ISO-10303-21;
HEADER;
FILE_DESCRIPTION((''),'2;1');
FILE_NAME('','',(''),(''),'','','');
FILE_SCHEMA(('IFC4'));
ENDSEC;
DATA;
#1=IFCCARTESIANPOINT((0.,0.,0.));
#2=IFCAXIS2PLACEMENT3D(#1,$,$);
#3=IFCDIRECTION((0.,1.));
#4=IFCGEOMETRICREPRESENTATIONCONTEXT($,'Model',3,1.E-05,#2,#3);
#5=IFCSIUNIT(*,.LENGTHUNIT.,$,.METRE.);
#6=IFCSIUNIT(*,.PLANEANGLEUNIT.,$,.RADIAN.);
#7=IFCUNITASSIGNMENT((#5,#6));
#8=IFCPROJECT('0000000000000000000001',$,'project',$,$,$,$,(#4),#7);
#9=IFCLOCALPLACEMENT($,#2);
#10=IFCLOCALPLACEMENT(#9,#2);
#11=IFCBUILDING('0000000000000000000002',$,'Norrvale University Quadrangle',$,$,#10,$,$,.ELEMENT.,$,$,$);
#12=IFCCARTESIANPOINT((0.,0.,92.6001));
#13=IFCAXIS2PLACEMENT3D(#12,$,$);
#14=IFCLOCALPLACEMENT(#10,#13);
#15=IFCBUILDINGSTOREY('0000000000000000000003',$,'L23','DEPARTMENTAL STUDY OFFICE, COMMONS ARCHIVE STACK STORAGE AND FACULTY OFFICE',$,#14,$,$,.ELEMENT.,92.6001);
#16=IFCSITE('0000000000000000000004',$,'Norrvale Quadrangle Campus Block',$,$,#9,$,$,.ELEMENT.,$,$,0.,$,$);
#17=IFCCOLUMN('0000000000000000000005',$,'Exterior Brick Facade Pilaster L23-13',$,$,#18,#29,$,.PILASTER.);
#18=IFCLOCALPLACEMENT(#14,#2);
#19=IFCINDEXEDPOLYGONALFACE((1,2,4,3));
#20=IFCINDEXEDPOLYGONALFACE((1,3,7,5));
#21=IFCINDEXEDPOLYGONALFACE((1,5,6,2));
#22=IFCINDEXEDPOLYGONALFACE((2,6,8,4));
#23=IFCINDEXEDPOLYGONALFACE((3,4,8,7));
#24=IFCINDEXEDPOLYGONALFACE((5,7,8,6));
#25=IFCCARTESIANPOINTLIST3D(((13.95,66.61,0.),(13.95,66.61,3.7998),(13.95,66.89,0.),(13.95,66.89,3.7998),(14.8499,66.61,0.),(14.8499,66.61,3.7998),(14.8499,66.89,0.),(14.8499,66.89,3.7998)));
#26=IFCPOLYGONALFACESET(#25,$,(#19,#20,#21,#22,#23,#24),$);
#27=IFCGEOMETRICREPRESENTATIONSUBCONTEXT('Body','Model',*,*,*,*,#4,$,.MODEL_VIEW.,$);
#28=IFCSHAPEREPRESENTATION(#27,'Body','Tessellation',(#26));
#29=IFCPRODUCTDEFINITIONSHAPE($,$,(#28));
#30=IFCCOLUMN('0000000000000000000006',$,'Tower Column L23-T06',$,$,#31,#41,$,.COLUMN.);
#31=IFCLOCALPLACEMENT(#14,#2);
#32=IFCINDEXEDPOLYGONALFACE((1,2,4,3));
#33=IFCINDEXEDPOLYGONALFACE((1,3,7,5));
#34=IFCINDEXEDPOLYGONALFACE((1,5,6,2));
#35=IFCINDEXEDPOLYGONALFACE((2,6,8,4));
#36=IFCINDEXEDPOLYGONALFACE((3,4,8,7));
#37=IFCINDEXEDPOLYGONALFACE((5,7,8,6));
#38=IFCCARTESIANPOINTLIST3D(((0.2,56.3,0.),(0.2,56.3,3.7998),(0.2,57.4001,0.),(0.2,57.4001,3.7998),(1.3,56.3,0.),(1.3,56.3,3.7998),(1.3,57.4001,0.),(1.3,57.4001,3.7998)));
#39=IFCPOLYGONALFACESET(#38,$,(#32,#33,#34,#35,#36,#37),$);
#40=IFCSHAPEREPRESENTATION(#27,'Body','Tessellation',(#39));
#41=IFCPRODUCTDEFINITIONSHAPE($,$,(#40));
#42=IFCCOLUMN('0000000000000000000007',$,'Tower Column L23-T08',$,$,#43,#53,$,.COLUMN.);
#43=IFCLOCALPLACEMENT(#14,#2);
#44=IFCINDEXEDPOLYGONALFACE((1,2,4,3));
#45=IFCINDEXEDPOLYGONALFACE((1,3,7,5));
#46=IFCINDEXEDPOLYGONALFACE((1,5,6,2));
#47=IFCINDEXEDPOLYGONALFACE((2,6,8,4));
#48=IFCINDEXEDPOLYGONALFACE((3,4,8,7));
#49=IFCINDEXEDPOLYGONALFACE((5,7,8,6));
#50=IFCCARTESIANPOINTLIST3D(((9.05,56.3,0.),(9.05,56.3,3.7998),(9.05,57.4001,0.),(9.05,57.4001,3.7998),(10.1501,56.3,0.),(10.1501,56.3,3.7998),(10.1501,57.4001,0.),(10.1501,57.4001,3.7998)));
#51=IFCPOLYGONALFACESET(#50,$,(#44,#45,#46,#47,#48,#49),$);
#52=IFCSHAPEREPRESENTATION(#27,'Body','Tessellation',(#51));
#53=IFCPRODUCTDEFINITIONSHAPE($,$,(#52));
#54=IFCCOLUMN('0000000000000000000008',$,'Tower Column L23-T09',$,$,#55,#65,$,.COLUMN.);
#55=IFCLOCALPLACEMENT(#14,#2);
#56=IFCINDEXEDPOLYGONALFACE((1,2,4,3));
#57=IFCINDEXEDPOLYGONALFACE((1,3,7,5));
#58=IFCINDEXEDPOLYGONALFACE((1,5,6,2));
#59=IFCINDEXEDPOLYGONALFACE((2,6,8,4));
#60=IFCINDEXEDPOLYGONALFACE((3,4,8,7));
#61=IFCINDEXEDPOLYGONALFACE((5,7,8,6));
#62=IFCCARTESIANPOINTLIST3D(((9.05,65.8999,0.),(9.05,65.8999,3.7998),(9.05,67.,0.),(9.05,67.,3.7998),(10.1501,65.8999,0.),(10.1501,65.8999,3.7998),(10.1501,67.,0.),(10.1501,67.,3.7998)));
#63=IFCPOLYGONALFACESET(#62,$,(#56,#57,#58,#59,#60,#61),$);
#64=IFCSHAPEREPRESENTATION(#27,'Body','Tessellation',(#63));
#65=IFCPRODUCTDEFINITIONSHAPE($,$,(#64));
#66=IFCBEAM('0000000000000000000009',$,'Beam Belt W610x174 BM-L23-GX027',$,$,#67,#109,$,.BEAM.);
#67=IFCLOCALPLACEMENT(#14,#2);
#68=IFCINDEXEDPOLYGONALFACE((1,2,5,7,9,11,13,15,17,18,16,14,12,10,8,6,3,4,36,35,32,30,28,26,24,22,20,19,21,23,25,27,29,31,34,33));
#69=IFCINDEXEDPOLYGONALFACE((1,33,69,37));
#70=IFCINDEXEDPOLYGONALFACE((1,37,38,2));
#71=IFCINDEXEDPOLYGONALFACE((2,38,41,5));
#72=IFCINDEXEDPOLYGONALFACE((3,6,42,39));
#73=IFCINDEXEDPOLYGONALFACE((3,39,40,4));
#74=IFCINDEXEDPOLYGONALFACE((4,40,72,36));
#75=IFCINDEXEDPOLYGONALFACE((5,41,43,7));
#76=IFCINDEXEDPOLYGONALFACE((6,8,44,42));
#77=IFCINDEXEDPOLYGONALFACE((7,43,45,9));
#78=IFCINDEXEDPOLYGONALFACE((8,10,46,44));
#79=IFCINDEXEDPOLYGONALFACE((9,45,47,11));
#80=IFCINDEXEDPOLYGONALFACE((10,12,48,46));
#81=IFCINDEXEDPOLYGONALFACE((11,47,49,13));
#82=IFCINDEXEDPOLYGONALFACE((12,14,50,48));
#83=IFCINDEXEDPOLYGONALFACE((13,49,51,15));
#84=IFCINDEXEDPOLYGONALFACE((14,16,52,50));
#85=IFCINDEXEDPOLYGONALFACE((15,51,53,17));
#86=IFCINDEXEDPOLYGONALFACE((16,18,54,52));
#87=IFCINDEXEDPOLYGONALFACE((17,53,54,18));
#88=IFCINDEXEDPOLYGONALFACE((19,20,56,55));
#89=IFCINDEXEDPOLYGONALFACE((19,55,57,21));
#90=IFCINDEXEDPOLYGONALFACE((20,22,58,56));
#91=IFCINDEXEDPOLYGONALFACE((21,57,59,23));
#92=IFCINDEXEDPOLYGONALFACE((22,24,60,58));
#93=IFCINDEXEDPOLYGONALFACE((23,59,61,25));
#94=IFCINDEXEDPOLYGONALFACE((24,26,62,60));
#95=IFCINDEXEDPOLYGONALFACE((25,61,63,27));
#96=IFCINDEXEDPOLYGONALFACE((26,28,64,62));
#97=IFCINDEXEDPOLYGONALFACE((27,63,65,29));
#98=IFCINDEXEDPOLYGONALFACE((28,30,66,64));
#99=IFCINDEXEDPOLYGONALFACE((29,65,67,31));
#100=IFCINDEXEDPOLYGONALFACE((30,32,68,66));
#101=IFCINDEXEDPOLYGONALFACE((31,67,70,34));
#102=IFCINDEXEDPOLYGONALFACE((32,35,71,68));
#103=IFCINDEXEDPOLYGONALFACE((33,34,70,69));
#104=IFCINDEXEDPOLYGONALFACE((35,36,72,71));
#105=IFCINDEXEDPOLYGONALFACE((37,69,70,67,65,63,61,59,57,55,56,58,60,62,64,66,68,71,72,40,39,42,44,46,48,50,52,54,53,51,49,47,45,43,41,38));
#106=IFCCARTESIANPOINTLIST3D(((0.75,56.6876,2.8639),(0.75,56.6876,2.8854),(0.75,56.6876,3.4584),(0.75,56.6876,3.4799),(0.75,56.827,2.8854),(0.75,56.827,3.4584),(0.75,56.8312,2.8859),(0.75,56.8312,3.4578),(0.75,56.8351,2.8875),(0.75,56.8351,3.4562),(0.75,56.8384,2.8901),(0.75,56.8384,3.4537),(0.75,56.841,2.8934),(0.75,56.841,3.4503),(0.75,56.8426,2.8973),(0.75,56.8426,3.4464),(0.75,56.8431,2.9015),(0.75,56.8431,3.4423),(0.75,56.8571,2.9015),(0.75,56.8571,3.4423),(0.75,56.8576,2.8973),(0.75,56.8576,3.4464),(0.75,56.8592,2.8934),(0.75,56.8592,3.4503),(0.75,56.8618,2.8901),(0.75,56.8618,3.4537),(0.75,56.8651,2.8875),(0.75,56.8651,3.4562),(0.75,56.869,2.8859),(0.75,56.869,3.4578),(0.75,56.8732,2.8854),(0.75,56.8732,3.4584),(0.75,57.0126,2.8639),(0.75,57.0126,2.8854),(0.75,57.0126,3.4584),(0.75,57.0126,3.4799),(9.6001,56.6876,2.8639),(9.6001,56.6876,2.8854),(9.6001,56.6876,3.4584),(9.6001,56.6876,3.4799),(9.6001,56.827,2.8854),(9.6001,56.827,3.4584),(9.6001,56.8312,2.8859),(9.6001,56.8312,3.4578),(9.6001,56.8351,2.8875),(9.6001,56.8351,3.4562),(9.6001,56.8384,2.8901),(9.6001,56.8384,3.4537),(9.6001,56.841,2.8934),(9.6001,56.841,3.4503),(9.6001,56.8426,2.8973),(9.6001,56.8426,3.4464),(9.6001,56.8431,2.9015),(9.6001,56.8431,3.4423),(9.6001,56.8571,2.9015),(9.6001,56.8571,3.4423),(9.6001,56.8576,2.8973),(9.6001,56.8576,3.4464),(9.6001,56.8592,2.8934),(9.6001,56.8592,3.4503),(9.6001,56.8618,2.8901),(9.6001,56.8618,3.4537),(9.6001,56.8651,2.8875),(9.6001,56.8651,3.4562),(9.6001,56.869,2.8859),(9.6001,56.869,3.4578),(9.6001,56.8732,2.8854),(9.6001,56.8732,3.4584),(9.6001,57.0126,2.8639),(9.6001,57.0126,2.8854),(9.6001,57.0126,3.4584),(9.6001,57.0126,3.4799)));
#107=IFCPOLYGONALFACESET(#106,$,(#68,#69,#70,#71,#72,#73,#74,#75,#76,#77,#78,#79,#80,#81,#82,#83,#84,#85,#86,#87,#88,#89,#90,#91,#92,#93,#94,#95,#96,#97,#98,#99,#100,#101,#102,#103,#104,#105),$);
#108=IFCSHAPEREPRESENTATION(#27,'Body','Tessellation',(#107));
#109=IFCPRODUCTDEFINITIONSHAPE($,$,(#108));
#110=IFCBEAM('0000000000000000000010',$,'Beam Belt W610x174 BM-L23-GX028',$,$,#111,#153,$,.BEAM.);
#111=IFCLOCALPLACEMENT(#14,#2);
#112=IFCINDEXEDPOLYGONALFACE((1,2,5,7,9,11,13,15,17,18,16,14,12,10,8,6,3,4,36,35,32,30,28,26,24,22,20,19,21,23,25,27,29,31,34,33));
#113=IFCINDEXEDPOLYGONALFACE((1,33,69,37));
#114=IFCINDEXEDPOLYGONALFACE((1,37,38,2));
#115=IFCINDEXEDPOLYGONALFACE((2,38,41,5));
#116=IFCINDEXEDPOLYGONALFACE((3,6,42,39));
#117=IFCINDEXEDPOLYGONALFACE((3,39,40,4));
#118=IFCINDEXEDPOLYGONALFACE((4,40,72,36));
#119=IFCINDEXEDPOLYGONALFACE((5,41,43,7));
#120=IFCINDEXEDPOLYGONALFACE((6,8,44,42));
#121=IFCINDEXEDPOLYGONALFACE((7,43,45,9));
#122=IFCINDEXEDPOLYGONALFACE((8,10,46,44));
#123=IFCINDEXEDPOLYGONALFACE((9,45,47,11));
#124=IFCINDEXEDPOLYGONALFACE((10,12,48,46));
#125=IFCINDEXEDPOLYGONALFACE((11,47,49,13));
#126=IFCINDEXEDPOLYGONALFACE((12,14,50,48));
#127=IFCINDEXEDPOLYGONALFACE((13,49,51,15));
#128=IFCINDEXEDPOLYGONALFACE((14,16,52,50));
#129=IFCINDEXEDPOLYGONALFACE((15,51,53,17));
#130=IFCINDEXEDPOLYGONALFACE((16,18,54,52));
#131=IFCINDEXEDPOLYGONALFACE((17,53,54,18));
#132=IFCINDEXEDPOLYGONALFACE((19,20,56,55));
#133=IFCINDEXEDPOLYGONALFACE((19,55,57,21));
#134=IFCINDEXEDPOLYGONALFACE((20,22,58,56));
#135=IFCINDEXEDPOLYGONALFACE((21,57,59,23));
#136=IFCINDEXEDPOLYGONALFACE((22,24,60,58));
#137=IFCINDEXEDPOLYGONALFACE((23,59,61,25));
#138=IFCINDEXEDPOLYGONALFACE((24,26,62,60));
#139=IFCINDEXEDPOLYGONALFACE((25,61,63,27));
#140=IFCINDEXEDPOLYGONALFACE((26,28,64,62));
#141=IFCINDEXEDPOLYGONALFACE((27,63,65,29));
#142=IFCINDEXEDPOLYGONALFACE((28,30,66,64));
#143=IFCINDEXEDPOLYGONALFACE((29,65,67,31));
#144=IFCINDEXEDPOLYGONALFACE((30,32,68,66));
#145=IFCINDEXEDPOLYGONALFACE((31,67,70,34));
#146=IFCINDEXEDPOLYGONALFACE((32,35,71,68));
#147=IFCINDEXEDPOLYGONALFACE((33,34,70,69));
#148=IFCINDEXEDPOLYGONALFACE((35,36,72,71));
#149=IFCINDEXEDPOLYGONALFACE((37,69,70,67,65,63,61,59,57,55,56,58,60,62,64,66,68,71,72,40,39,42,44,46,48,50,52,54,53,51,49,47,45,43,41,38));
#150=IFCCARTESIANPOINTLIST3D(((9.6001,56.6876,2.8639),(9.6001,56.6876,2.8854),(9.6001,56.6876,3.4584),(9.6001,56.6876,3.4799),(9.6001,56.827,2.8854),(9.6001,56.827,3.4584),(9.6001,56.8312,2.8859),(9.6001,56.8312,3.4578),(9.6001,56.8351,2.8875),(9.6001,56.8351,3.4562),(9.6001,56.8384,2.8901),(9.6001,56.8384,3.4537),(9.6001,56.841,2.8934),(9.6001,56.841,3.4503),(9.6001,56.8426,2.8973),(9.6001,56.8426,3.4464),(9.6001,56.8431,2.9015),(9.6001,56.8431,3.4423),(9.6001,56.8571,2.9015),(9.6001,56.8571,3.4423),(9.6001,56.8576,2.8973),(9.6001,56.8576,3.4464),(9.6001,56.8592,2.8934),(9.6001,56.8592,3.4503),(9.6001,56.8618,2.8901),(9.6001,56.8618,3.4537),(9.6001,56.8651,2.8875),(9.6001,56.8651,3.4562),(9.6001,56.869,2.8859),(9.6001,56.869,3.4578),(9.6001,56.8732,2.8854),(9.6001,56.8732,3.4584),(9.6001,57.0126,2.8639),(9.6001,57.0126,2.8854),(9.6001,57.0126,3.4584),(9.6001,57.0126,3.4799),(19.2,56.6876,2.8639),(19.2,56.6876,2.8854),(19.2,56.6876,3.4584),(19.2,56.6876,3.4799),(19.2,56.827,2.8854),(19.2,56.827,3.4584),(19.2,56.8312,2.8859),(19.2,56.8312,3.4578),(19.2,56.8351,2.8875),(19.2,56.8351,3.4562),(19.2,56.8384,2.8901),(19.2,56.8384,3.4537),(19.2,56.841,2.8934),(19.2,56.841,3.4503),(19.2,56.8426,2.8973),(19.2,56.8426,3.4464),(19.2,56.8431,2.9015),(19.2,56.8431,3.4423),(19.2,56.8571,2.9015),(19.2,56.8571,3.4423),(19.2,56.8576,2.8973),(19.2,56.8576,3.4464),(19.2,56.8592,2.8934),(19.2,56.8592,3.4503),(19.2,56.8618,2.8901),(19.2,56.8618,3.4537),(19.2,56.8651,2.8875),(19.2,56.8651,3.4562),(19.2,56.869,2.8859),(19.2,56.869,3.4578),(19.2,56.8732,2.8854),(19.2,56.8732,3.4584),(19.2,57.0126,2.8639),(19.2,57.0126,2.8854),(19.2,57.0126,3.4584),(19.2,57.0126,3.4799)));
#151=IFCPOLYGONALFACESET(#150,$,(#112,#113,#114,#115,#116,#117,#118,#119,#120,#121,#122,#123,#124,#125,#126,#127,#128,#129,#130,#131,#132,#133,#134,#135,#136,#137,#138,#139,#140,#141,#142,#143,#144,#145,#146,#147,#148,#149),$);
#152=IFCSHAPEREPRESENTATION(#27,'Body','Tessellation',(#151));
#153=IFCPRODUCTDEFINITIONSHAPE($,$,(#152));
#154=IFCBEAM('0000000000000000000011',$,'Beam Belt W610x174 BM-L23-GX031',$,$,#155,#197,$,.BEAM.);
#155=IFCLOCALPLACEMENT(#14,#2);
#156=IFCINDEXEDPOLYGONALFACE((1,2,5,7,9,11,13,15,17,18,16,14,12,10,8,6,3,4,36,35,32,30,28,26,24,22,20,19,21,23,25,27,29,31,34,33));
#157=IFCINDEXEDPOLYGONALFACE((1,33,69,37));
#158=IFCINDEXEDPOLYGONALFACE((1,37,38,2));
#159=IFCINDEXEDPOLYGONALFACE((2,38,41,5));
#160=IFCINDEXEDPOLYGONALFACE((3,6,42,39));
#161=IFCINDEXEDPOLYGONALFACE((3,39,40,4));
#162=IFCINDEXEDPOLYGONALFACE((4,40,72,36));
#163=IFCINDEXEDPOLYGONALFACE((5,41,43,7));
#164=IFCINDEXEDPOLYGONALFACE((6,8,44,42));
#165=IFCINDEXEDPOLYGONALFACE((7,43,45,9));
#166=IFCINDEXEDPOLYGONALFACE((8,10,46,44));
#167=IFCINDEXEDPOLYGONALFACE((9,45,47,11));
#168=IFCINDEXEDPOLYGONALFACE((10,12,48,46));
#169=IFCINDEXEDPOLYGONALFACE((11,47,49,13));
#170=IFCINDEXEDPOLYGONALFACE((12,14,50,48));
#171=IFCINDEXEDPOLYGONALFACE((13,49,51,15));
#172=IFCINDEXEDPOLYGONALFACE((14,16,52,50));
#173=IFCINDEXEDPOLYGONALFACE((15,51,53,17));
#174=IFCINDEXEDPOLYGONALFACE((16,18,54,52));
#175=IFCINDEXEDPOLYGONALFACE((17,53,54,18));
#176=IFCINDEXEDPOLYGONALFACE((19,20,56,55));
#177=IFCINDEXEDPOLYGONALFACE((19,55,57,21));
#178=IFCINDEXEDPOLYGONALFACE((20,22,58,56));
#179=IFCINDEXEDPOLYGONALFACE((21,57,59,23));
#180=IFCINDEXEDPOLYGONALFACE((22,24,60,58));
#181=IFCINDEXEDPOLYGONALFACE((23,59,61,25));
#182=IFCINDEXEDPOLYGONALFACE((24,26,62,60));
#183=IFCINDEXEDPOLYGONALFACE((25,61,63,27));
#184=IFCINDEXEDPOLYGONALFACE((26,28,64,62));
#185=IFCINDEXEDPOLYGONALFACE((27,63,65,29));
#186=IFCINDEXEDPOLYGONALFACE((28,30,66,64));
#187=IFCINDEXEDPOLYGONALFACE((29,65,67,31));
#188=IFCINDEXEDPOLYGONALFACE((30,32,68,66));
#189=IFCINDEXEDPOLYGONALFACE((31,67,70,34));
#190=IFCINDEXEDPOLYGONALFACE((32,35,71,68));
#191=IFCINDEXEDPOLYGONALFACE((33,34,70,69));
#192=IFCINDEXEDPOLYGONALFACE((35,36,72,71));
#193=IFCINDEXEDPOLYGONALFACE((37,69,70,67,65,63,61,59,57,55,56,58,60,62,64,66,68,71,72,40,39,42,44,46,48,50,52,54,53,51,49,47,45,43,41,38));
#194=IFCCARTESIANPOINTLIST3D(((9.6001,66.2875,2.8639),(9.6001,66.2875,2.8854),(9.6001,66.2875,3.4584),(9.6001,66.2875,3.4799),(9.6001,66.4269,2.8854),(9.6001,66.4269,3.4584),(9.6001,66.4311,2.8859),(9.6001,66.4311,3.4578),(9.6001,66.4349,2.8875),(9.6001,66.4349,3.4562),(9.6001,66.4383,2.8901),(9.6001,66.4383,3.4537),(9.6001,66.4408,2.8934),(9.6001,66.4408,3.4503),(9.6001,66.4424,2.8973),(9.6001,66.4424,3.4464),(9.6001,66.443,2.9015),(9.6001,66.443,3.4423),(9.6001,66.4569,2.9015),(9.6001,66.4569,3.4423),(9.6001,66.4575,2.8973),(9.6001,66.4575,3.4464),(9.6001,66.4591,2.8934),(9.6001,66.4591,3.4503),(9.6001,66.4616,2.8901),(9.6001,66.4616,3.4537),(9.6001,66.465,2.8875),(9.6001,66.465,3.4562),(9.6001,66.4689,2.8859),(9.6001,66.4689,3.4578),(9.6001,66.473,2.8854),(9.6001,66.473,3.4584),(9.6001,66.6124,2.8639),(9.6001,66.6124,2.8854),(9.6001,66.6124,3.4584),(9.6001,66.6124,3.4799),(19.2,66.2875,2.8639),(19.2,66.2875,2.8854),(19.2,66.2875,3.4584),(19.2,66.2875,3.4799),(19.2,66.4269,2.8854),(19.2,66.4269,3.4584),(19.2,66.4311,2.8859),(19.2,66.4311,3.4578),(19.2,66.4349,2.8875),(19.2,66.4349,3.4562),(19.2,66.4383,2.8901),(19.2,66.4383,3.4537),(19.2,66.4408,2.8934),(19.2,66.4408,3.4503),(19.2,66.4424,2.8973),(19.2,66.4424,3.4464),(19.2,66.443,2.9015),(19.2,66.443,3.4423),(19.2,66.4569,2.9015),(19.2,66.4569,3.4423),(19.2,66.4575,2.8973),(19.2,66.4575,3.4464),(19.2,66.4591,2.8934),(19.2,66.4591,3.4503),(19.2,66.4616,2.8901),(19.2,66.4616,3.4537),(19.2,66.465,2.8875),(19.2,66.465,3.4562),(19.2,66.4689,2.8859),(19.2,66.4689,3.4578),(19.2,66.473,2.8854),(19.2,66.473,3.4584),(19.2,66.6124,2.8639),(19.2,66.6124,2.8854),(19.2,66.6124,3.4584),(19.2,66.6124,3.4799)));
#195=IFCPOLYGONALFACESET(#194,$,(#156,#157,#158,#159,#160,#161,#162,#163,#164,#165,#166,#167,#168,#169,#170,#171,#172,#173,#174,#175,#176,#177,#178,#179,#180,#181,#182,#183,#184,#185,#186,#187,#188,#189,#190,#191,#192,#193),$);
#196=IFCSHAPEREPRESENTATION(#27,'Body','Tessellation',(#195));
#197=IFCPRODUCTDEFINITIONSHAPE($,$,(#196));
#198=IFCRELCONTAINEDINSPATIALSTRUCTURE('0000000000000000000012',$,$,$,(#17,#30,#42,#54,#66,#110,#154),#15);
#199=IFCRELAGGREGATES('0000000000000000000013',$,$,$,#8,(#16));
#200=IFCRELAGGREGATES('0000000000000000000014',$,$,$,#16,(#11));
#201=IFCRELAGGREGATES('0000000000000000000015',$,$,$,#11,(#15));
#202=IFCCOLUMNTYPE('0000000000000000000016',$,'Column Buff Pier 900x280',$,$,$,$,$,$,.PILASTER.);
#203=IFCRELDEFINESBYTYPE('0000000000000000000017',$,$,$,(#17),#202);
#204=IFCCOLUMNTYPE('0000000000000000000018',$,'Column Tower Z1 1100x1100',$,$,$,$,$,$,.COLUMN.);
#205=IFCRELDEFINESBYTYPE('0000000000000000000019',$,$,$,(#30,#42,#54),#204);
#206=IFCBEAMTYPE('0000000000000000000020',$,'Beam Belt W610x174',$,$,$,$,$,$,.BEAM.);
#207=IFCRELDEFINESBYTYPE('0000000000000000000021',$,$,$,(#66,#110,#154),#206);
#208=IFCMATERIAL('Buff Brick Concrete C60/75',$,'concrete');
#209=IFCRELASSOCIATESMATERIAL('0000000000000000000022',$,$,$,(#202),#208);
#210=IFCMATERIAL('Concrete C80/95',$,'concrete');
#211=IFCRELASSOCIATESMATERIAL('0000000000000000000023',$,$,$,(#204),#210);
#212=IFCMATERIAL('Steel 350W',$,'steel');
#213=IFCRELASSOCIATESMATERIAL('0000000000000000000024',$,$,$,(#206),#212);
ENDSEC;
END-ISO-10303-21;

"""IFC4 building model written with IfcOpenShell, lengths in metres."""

from ifc_helpers import new_model, si_unit, direction, frame, origin, origin_2d, place, context, subcontext, project, spatial, rectangle, i_section, extrude, material, material_profile, profile_set, type_object, element, save


model = new_model("IFC4")

# Units and contexts
model_context = context("Model", 3, precision=1e-05, world=origin(), true_north=direction((0.0, 1.0)))
body_context = subcontext(model_context, "Body", "Model", "MODEL_VIEW")
ifc_project = project(units=[si_unit("LENGTHUNIT", "METRE"), si_unit("PLANEANGLEUNIT", "RADIAN")], contexts=[model_context])

# Site, building, storey
site_placement = place(None, origin())
site = spatial("IfcSite", under=ifc_project, at=site_placement, Name="Norrvale Quadrangle Campus Block", CompositionType="ELEMENT", RefElevation=0.0)
building_placement = place(site_placement, origin())
building = spatial("IfcBuilding", under=site, at=building_placement, Name="Norrvale University Quadrangle", CompositionType="ELEMENT")
storey_placement = place(building_placement, frame((0.0, 0.0, 92.6001)))
storey = spatial("IfcBuildingStorey", under=building, at=storey_placement, Name="L23", Description="DEPARTMENTAL STUDY OFFICE, COMMONS ARCHIVE STACK STORAGE AND FACULTY OFFICE", CompositionType="ELEMENT", Elevation=92.6001)

# Columns
ifc_material_1 = material(Name="Buff Brick Concrete C60/75", Category="concrete")
ifc_material_profile_1 = material_profile(ifc_material_1, rectangle(XDim=0.8999, YDim=0.28, at=origin_2d()), Name="Buff Brick Concrete C60/75")
ifc_profile_set_1 = profile_set([ifc_material_profile_1], Name="Buff Brick Concrete C60/75")
column_type_1 = type_object("IfcColumnType", Name="Column Buff Pier 900x280", PredefinedType="PILASTER", material=ifc_profile_set_1)
column_placement = place(storey_placement, frame((14.3999, 66.75, 0.0), z_axis=(0.0, 0.0, 1.0), x_axis=(1.0, 0.0, 0.0)))
element("IfcColumn", 1, at=column_placement, inside=storey, type_object=column_type_1, Name="Exterior Brick Facade Pilaster L23-13", PredefinedType="PILASTER", context=body_context, shape_type="SweptSolid", body=[
    extrude(rectangle(XDim=0.8999, YDim=0.28, at=origin_2d()), origin(), (0.0, 0.0, 1.0), 3.7998),
])
ifc_material_2 = material(Name="Concrete C80/95", Category="concrete")
ifc_material_profile_2 = material_profile(ifc_material_2, rectangle(XDim=1.1001, YDim=1.1001, at=origin_2d()), Name="Concrete C80/95")
ifc_profile_set_2 = profile_set([ifc_material_profile_2], Name="Concrete C80/95")
column_type_2 = type_object("IfcColumnType", Name="Column Tower Z1 1100x1100", PredefinedType="COLUMN", material=ifc_profile_set_2)
for number, where, z_axis, x_axis, name in (
    (2, (0.75, 56.8501, 0.0), (0.0, 0.0, 1.0), (1.0, 0.0, 0.0), "Tower Column L23-T06"),
    (3, (9.6001, 56.8501, 0.0), (0.0, 0.0, 1.0), (1.0, 0.0, 0.0), "Tower Column L23-T08"),
    (4, (9.6001, 66.45, 0.0), (0.0, 0.0, 1.0), (1.0, 0.0, 0.0), "Tower Column L23-T09"),
):
    element("IfcColumn", number, at=place(storey_placement, frame(where, z_axis=z_axis, x_axis=x_axis)), inside=storey, type_object=column_type_2, Name=name, PredefinedType="COLUMN", context=body_context, shape_type="SweptSolid", body=[
        extrude(rectangle(XDim=1.1001, YDim=1.1001, at=origin_2d()), origin(), (0.0, 0.0, 1.0), 3.7998),
    ])

# Beams
ifc_material_3 = material(Name="Steel 350W", Category="steel")
ifc_material_profile_3 = material_profile(ifc_material_3, i_section(OverallWidth=0.325, OverallDepth=0.616, WebThickness=0.0139, FlangeThickness=0.0215, FilletRadius=0.0161, at=origin_2d()), Name="Steel 350W")
ifc_profile_set_3 = profile_set([ifc_material_profile_3], Name="Steel 350W")
beam_type_1 = type_object("IfcBeamType", Name="Beam Belt W610x174", PredefinedType="BEAM", material=ifc_profile_set_3)
beam_1_placement = place(storey_placement, frame((0.75, 56.8501, 3.1719), z_axis=(1.0, 0.0, 0.0), x_axis=(0.0, 1.0, 0.0)))
element("IfcBeam", 5, at=beam_1_placement, inside=storey, type_object=beam_type_1, Name="Beam Belt W610x174 BM-L23-GX027", PredefinedType="BEAM", context=body_context, shape_type="SweptSolid", body=[
    extrude(i_section(OverallWidth=0.325, OverallDepth=0.616, WebThickness=0.0139, FlangeThickness=0.0215, FilletRadius=0.0161, at=origin_2d()), origin(), (0.0, 0.0, 1.0), 8.8501),
])
for number, where, z_axis, x_axis, name in (
    (6, (9.6001, 56.8501, 3.1719), (1.0, 0.0, 0.0), (0.0, 1.0, 0.0), "Beam Belt W610x174 BM-L23-GX028"),
    (7, (9.6001, 66.45, 3.1719), (1.0, 0.0, 0.0), (0.0, 1.0, 0.0), "Beam Belt W610x174 BM-L23-GX031"),
):
    element("IfcBeam", number, at=place(storey_placement, frame(where, z_axis=z_axis, x_axis=x_axis)), inside=storey, type_object=beam_type_1, Name=name, PredefinedType="BEAM", context=body_context, shape_type="SweptSolid", body=[
        extrude(i_section(OverallWidth=0.325, OverallDepth=0.616, WebThickness=0.0139, FlangeThickness=0.0215, FilletRadius=0.0161, at=origin_2d()), origin(), (0.0, 0.0, 1.0), 9.5999),
    ])

save(model, "model.ifc")
